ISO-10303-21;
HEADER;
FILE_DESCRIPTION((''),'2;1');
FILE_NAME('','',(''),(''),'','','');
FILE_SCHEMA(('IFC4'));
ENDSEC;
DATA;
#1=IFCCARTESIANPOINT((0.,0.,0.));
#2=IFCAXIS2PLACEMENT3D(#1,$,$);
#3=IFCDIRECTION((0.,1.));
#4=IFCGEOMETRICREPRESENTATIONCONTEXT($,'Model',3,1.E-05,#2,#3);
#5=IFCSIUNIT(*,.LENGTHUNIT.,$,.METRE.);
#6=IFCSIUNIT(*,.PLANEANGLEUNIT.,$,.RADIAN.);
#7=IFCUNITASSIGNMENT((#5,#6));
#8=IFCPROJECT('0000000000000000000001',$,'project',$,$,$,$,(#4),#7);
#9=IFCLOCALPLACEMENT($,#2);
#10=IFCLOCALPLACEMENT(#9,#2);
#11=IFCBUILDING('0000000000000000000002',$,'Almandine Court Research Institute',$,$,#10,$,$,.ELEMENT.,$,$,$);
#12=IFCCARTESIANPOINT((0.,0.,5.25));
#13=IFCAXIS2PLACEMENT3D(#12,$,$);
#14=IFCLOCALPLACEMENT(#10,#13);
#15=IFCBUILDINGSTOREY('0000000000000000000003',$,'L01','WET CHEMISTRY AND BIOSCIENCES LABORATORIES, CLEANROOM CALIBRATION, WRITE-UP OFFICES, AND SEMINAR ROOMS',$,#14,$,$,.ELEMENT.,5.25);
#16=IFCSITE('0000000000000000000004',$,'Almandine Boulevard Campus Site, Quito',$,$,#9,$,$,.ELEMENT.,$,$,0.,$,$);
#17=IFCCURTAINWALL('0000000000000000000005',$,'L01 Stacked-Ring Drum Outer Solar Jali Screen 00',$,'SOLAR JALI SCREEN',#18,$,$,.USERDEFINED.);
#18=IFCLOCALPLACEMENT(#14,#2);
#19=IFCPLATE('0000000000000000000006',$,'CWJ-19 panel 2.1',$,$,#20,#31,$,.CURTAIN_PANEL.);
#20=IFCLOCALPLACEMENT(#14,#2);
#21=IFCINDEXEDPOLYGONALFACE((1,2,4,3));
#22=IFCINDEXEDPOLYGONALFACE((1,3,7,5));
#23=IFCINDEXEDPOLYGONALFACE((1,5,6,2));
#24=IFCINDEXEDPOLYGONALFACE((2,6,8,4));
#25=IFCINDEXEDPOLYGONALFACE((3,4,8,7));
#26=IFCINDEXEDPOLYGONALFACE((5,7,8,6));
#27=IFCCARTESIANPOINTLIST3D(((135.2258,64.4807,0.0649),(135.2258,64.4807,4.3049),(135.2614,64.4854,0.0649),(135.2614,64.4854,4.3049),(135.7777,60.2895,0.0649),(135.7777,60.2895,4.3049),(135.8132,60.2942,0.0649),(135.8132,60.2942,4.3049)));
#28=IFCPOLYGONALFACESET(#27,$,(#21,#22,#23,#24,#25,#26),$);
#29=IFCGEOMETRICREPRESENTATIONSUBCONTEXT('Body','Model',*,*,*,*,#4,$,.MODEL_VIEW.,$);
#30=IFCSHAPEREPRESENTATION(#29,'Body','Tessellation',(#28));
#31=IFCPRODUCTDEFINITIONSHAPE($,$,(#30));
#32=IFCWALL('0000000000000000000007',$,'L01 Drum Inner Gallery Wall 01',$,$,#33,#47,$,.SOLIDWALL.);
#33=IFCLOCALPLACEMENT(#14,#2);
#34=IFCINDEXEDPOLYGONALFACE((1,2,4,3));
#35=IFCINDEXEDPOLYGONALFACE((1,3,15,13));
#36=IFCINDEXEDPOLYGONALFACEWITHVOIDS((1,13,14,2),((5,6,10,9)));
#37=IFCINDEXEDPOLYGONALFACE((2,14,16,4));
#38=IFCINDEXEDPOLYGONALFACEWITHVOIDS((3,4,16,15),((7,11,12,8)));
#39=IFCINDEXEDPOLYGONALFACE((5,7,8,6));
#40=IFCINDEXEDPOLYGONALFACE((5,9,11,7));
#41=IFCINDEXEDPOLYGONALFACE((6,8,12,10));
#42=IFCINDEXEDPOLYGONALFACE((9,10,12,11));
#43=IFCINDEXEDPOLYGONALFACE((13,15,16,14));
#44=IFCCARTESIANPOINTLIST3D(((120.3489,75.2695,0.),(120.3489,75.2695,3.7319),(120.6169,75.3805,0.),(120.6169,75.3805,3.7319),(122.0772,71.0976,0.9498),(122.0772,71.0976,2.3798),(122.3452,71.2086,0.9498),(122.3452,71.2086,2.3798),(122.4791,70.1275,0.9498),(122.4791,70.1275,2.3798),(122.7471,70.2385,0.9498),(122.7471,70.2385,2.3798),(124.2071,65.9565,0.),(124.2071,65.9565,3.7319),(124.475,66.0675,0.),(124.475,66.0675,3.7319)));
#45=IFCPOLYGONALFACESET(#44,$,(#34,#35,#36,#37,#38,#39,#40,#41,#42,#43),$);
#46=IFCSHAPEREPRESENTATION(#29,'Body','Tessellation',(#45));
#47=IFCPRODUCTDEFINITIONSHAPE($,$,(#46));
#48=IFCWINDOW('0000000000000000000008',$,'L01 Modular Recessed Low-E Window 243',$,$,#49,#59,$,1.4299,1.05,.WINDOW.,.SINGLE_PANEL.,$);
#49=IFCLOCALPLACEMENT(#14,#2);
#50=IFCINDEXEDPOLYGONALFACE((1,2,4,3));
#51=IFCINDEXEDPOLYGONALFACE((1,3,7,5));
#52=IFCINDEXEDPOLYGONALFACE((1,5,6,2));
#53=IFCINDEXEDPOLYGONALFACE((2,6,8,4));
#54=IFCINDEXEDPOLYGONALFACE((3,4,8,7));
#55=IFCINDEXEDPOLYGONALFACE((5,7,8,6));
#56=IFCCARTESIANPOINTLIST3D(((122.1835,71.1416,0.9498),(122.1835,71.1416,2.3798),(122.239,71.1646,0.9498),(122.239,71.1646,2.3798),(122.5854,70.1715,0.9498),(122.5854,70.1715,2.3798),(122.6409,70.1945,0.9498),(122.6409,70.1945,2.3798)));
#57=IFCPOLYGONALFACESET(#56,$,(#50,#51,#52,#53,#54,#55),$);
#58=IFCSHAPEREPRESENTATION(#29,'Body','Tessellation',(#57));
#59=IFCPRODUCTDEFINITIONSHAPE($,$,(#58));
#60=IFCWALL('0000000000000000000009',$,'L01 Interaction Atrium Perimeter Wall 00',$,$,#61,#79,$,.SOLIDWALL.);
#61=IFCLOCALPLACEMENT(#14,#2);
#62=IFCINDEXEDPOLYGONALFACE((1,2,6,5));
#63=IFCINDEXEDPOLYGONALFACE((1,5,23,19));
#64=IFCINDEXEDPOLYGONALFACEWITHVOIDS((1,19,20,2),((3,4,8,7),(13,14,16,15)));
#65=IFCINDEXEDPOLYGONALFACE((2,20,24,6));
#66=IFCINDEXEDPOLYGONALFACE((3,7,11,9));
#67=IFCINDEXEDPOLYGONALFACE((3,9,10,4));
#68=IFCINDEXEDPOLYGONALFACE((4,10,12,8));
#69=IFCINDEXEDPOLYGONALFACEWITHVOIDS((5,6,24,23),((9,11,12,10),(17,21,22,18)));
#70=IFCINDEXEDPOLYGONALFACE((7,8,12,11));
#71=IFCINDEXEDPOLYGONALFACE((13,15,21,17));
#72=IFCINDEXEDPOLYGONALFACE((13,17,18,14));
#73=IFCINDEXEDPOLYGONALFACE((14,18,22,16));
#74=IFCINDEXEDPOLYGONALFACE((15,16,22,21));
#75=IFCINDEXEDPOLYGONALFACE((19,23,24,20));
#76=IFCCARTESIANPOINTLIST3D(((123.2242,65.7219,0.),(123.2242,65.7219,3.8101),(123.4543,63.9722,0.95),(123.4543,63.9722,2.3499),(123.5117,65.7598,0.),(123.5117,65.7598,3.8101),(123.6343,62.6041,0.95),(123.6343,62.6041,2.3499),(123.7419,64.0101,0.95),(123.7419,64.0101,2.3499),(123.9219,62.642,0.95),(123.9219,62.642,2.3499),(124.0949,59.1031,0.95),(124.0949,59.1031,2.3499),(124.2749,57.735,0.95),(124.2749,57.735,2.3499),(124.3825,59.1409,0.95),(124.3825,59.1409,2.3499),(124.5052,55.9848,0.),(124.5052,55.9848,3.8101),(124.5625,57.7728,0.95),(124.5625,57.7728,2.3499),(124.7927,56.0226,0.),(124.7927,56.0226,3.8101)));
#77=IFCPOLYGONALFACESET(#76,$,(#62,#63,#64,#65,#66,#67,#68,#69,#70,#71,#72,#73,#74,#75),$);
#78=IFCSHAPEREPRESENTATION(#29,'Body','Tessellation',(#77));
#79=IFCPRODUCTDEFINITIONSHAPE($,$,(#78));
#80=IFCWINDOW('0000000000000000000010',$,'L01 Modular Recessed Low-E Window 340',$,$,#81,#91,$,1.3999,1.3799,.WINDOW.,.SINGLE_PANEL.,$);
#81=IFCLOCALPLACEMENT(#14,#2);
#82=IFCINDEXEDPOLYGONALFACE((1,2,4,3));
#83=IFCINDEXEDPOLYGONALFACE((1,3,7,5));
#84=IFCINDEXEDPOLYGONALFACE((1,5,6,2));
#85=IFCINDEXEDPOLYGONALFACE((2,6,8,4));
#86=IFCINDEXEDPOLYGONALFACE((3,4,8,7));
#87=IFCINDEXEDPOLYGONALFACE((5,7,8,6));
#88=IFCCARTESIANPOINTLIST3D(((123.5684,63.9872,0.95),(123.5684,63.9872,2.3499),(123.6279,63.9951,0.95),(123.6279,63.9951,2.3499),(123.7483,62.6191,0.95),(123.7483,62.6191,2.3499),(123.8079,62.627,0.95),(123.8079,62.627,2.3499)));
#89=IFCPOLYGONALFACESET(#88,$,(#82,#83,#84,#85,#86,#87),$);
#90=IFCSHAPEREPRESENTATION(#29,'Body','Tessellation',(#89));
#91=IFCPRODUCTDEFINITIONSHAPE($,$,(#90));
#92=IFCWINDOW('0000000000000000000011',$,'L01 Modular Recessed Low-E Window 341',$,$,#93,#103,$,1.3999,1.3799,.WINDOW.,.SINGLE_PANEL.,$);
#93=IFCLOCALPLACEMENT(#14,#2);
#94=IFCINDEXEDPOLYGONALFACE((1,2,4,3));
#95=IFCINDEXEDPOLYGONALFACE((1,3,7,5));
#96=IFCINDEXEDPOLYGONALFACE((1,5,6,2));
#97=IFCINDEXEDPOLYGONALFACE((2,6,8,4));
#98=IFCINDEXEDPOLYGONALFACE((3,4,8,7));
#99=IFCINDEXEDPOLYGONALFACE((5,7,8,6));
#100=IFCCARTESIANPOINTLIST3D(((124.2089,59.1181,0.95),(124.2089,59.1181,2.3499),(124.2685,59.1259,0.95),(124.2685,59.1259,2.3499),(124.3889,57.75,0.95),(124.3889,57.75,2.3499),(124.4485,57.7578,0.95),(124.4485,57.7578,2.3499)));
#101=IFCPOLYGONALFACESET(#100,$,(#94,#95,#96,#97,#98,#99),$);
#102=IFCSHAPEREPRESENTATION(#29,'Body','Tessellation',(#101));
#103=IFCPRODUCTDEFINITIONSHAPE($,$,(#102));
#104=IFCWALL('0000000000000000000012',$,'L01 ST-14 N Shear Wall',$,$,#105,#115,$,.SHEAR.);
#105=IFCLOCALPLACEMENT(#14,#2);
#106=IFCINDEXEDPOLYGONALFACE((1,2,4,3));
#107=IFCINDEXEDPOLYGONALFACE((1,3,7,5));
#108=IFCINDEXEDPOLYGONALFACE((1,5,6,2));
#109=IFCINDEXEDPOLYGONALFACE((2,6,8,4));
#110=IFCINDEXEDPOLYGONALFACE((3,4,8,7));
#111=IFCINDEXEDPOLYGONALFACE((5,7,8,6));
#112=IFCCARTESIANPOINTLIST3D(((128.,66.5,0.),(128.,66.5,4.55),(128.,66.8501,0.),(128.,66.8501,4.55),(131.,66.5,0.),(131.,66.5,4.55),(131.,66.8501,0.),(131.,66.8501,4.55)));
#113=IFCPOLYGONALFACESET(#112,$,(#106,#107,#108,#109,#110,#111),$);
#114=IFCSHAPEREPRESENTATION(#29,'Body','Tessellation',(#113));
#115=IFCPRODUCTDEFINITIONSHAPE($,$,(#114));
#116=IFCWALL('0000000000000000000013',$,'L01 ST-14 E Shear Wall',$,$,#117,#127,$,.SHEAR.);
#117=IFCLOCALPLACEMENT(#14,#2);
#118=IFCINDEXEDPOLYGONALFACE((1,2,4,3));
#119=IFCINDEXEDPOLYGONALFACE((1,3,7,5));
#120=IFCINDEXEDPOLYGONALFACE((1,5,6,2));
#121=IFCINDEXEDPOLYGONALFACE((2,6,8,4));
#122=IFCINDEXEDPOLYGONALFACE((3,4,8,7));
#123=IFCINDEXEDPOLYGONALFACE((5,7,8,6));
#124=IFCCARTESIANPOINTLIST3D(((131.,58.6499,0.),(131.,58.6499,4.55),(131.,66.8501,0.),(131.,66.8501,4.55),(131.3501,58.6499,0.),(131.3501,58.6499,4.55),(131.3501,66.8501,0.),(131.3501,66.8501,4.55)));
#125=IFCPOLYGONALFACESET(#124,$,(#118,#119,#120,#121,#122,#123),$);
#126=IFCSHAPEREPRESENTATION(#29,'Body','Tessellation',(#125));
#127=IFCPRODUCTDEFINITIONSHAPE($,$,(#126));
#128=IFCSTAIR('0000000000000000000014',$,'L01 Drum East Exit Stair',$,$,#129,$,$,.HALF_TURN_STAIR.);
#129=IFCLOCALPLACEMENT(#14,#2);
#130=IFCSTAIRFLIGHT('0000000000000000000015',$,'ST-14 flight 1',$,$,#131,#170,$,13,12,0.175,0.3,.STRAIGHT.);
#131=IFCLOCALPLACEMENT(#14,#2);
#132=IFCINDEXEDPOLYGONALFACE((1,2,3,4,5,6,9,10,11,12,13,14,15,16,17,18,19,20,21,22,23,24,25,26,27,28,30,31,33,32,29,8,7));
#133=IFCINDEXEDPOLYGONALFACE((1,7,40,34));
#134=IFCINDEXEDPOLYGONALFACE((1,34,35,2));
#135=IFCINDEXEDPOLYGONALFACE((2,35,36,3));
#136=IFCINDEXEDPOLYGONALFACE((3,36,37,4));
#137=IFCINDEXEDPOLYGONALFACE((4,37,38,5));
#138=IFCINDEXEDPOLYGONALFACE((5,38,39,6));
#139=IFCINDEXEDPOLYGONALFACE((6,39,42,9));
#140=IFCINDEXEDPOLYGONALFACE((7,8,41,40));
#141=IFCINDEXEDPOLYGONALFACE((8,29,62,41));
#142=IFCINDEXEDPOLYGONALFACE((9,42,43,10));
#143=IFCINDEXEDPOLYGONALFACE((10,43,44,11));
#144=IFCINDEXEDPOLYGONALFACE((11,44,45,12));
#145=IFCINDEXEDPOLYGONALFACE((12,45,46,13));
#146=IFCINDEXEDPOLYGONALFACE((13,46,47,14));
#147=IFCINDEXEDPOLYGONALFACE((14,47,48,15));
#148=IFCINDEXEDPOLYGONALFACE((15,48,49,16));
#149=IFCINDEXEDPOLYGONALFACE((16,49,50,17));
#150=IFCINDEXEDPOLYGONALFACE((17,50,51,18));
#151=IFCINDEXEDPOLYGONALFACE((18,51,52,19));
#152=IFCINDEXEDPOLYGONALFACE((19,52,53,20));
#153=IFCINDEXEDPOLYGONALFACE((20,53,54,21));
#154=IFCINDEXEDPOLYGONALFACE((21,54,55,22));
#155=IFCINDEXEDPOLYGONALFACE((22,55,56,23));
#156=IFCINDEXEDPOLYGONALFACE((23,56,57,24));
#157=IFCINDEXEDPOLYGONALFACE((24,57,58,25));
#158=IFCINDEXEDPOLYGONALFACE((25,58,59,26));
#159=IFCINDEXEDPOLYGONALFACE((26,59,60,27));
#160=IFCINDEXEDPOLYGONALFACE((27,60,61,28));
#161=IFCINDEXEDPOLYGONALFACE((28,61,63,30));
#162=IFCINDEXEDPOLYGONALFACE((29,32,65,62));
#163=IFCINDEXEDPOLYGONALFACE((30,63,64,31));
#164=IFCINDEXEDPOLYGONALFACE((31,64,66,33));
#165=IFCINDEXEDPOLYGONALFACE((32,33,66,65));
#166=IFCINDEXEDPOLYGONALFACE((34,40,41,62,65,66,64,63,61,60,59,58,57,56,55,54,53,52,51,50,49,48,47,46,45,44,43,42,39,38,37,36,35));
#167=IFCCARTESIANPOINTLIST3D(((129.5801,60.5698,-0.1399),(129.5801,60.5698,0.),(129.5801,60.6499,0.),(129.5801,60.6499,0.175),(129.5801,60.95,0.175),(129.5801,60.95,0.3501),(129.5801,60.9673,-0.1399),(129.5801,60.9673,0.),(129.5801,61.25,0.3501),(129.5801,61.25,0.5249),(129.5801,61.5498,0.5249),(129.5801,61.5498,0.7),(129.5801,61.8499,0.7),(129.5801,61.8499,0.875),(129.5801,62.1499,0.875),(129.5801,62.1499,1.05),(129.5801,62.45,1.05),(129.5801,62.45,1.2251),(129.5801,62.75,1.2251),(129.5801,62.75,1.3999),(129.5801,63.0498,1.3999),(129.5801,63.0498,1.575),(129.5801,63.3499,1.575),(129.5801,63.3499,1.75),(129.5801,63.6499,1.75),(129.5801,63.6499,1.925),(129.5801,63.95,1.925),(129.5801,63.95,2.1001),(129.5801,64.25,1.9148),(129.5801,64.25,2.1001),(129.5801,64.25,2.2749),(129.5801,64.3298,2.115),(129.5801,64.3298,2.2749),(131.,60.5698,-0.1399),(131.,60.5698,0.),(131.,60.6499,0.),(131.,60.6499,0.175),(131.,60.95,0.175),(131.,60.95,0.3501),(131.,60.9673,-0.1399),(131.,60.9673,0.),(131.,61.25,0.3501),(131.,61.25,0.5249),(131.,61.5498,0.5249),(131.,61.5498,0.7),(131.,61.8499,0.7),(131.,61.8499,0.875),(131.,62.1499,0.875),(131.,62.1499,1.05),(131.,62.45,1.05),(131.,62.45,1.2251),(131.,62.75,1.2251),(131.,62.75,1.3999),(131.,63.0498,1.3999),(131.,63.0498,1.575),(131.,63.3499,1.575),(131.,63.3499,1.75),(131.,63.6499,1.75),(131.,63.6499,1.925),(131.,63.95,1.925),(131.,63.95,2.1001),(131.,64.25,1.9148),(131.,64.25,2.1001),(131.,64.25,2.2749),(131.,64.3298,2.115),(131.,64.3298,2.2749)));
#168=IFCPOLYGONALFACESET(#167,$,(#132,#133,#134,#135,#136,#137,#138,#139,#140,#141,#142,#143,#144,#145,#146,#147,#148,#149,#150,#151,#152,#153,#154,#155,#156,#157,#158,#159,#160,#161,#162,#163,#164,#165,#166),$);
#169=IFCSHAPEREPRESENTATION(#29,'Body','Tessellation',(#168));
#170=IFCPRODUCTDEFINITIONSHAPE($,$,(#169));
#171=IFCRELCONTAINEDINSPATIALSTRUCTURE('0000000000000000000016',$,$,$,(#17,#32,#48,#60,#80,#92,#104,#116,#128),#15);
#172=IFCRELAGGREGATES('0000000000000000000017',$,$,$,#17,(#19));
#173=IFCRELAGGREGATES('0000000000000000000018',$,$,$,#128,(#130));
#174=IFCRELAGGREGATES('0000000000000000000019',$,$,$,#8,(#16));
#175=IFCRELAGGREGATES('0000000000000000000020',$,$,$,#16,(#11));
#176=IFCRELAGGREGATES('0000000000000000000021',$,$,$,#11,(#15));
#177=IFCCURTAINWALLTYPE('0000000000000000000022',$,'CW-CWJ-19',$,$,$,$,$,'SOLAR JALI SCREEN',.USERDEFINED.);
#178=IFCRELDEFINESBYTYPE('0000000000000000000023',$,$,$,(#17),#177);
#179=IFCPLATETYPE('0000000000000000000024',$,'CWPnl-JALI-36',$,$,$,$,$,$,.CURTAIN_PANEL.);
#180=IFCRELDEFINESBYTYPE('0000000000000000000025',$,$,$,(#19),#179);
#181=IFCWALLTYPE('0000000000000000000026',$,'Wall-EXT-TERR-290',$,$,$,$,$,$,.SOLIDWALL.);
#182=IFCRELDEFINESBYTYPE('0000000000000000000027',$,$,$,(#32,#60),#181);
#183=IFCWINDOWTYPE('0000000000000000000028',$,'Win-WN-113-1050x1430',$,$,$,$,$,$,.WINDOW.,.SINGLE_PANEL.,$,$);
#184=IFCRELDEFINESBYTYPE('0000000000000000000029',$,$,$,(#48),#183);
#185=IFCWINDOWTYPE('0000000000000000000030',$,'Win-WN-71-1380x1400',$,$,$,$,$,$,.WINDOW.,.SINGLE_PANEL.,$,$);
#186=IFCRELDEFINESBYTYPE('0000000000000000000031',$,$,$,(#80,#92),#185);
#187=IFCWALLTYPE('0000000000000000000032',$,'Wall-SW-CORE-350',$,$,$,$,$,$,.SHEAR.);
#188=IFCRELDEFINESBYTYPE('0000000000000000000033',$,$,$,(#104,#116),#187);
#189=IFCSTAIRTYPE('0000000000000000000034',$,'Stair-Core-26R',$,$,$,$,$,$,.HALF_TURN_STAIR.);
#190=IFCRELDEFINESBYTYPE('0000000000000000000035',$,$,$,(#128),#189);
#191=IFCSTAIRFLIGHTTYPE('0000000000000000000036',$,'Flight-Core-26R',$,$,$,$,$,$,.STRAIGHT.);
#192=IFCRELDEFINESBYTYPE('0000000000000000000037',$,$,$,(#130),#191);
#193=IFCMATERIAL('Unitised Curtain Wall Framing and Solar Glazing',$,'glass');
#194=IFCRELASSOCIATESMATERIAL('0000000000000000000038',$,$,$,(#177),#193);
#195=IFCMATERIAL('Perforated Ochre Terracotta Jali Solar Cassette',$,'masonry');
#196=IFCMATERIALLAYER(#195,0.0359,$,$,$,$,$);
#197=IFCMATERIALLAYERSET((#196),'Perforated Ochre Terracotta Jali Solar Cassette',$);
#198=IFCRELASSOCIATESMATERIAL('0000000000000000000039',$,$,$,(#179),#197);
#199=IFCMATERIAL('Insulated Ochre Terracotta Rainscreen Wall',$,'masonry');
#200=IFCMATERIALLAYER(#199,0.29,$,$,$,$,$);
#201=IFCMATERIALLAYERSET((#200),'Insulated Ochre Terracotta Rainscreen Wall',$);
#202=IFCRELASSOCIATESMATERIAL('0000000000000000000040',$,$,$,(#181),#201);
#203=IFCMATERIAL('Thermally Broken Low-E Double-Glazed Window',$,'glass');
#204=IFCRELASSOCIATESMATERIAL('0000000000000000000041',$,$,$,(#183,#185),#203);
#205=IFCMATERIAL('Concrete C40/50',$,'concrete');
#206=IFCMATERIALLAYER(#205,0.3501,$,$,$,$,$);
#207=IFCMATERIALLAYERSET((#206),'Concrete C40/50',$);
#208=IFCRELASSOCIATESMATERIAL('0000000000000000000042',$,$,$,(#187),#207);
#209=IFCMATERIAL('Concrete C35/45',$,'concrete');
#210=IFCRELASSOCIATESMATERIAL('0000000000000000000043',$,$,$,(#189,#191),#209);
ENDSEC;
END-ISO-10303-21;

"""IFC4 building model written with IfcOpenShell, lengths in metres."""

from ifc_helpers import new_model, si_unit, direction, frame, frame_2d, origin, origin_2d, place, context, subcontext, project, spatial, polyline, rectangle, outline, extrude, material, layer, layer_set, type_object, element, fill, aggregate, save


model = new_model("IFC4")

# Units and contexts
model_context = context("Model", 3, precision=1e-05, world=origin(), true_north=direction((0.0, 1.0)))
body_context = subcontext(model_context, "Body", "Model", "MODEL_VIEW")
ifc_project = project(units=[si_unit("LENGTHUNIT", "METRE"), si_unit("PLANEANGLEUNIT", "RADIAN")], contexts=[model_context])

# Site, building, storey
site_placement = place(None, origin())
site = spatial("IfcSite", under=ifc_project, at=site_placement, Name="Almandine Boulevard Campus Site, Quito", CompositionType="ELEMENT", RefElevation=0.0)
building_placement = place(site_placement, origin())
building = spatial("IfcBuilding", under=site, at=building_placement, Name="Almandine Court Research Institute", CompositionType="ELEMENT")
storey_placement = place(building_placement, frame((0.0, 0.0, 5.25)))
storey = spatial("IfcBuildingStorey", under=building, at=storey_placement, Name="L01", Description="WET CHEMISTRY AND BIOSCIENCES LABORATORIES, CLEANROOM CALIBRATION, WRITE-UP OFFICES, AND SEMINAR ROOMS", CompositionType="ELEMENT", Elevation=5.25)

# Shared definitions
ifc_material_1 = material(Name="Unitised Curtain Wall Framing and Solar Glazing", Category="glass")

# Curtain wall, plate
curtain_wall_type_1 = type_object("IfcCurtainWallType", Name="CW-CWJ-19", ElementType="SOLAR JALI SCREEN", PredefinedType="USERDEFINED", material=ifc_material_1)
curtain_wall_1_placement = place(storey_placement, origin())
curtain_wall_1 = element("IfcCurtainWall", 1, at=curtain_wall_1_placement, inside=storey, type_object=curtain_wall_type_1, Name="L01 Stacked-Ring Drum Outer Solar Jali Screen 00", ObjectType="SOLAR JALI SCREEN", PredefinedType="USERDEFINED")
ifc_material_2 = material(Name="Perforated Ochre Terracotta Jali Solar Cassette", Category="masonry")
ifc_layer_1 = layer(ifc_material_2, 0.0359)
ifc_layer_set_1 = layer_set([ifc_layer_1], Name="Perforated Ochre Terracotta Jali Solar Cassette")
plate_type = type_object("IfcPlateType", Name="CWPnl-JALI-36", PredefinedType="CURTAIN_PANEL", material=ifc_layer_set_1)
plate_1_placement = place(storey_placement, frame((135.5195, 62.3875, 0.0649), z_axis=(0.0, 0.0, 1.0), x_axis=(0.130541, -0.991443, 0.0)))
plate_1 = element("IfcPlate", 2, at=plate_1_placement, type_object=plate_type, Name="CWJ-19 panel 2.1", PredefinedType="CURTAIN_PANEL", context=body_context, shape_type="SweptSolid", body=[
    extrude(rectangle(XDim=4.2273, YDim=0.0359, at=origin_2d()), origin(), (0.0, 0.0, 1.0), 4.24),
])
aggregate(curtain_wall_1, [plate_1])

# Wall, opening, window
ifc_material_3 = material(Name="Insulated Ochre Terracotta Rainscreen Wall", Category="masonry")
ifc_layer_2 = layer(ifc_material_3, 0.29)
ifc_layer_set_2 = layer_set([ifc_layer_2], Name="Insulated Ochre Terracotta Rainscreen Wall")
wall_type_1 = type_object("IfcWallType", Name="Wall-EXT-TERR-290", PredefinedType="SOLIDWALL", material=ifc_layer_set_2)
wall_1_placement = place(storey_placement, frame((124.3411, 66.012, 0.0), z_axis=(0.0, 0.0, 1.0), x_axis=(-0.382733, 0.923859, 0.0)))
wall_1 = element("IfcWall", 3, at=wall_1_placement, inside=storey, type_object=wall_type_1, Name="L01 Drum Inner Gallery Wall 01", PredefinedType="SOLIDWALL", context=body_context, shape_type="SweptSolid", body=[
    extrude(rectangle(XDim=10.0806, YDim=0.29, at=frame_2d((5.0403, 0.0))), origin(), (0.0, 0.0, 1.0), 3.7319),
])
opening_1_placement = place(wall_1_placement, frame((4.5149, 0.0, 0.95)))
opening_1 = element("IfcOpeningElement", 4, at=opening_1_placement, cuts=wall_1, PredefinedType="OPENING", context=body_context, shape_type="SweptSolid", body=[
    extrude(rectangle(XDim=1.05, YDim=1.4299, at=frame_2d((0.5249, 0.7148))), frame((0.0, 0.155, 0.0), z_axis=(0.0, -1.0, 0.0), x_axis=(1.0, 0.0, 0.0)), (0.0, 0.0, 1.0), 0.3101),
])
ifc_material_4 = material(Name="Thermally Broken Low-E Double-Glazed Window", Category="glass")
window_type_1 = type_object("IfcWindowType", Name="Win-WN-113-1050x1430", PartitioningType="SINGLE_PANEL", PredefinedType="WINDOW", material=ifc_material_4)
window_1_placement = place(opening_1_placement, origin())
window_1 = element("IfcWindow", 5, at=window_1_placement, inside=storey, type_object=window_type_1, Name="L01 Modular Recessed Low-E Window 243", OverallHeight=1.4299, OverallWidth=1.05, PartitioningType="SINGLE_PANEL", PredefinedType="WINDOW", context=body_context, shape_type="SweptSolid", body=[
    extrude(rectangle(XDim=1.05, YDim=1.4299, at=frame_2d((0.5249, 0.7148))), frame((0.0, 0.03, 0.0), z_axis=(0.0, -1.0, 0.0), x_axis=(1.0, 0.0, 0.0)), (0.0, 0.0, 1.0), 0.0601),
])
fill(opening_1, window_1)

# Wall, openings, windows
wall_2_placement = place(storey_placement, frame((123.3679, 65.741, 0.0), z_axis=(0.0, 0.0, 1.0), x_axis=(0.130436, -0.991457, 0.0)))
wall_2 = element("IfcWall", 6, at=wall_2_placement, inside=storey, type_object=wall_type_1, Name="L01 Interaction Atrium Perimeter Wall 00", PredefinedType="SOLIDWALL", context=body_context, shape_type="SweptSolid", body=[
    extrude(rectangle(XDim=9.821, YDim=0.29, at=frame_2d((4.9106, 0.0))), origin(), (0.0, 0.0, 1.0), 3.8101),
])
opening_2_placement = place(wall_2_placement, frame((1.7649, 0.0, 0.95)))
opening_2 = element("IfcOpeningElement", 7, at=opening_2_placement, cuts=wall_2, PredefinedType="OPENING", context=body_context, shape_type="SweptSolid", body=[
    extrude(rectangle(XDim=1.3799, YDim=1.3999, at=frame_2d((0.6899, 0.7))), frame((0.0, 0.155, 0.0), z_axis=(0.0, -1.0, 0.0), x_axis=(1.0, 0.0, 0.0)), (0.0, 0.0, 1.0), 0.3101),
])
opening_3_placement = place(wall_2_placement, frame((6.676, 0.0, 0.95)))
opening_3 = element("IfcOpeningElement", 8, at=opening_3_placement, cuts=wall_2, PredefinedType="OPENING", context=body_context, shape_type="SweptSolid", body=[
    extrude(rectangle(XDim=1.3799, YDim=1.3999, at=frame_2d((0.6899, 0.7))), frame((0.0, 0.155, 0.0), z_axis=(0.0, -1.0, 0.0), x_axis=(1.0, 0.0, 0.0)), (0.0, 0.0, 1.0), 0.3101),
])
window_type_2 = type_object("IfcWindowType", Name="Win-WN-71-1380x1400", PartitioningType="SINGLE_PANEL", PredefinedType="WINDOW", material=ifc_material_4)
window_2_placement = place(opening_2_placement, origin())
window_2 = element("IfcWindow", 9, at=window_2_placement, inside=storey, type_object=window_type_2, Name="L01 Modular Recessed Low-E Window 340", OverallHeight=1.3999, OverallWidth=1.3799, PartitioningType="SINGLE_PANEL", PredefinedType="WINDOW", context=body_context, shape_type="SweptSolid", body=[
    extrude(rectangle(XDim=1.3799, YDim=1.3999, at=frame_2d((0.6899, 0.7))), frame((0.0, 0.03, 0.0), z_axis=(0.0, -1.0, 0.0), x_axis=(1.0, 0.0, 0.0)), (0.0, 0.0, 1.0), 0.0601),
])
fill(opening_2, window_2)
window_3_placement = place(opening_3_placement, origin())
window_3 = element("IfcWindow", 10, at=window_3_placement, inside=storey, type_object=window_type_2, Name="L01 Modular Recessed Low-E Window 341", OverallHeight=1.3999, OverallWidth=1.3799, PartitioningType="SINGLE_PANEL", PredefinedType="WINDOW", context=body_context, shape_type="SweptSolid", body=[
    extrude(rectangle(XDim=1.3799, YDim=1.3999, at=frame_2d((0.6899, 0.7))), frame((0.0, 0.03, 0.0), z_axis=(0.0, -1.0, 0.0), x_axis=(1.0, 0.0, 0.0)), (0.0, 0.0, 1.0), 0.0601),
])
fill(opening_3, window_3)

# Walls
ifc_material_5 = material(Name="Concrete C40/50", Category="concrete")
ifc_layer_3 = layer(ifc_material_5, 0.3501)
ifc_layer_set_3 = layer_set([ifc_layer_3], Name="Concrete C40/50")
wall_type_2 = type_object("IfcWallType", Name="Wall-SW-CORE-350", PredefinedType="SHEAR", material=ifc_layer_set_3)
wall_3_placement = place(storey_placement, frame((128.0, 66.675, 0.0), z_axis=(0.0, 0.0, 1.0), x_axis=(1.0, 0.0, 0.0)))
element("IfcWall", 11, at=wall_3_placement, inside=storey, type_object=wall_type_2, Name="L01 ST-14 N Shear Wall", PredefinedType="SHEAR", context=body_context, shape_type="SweptSolid", body=[
    extrude(rectangle(XDim=3.0, YDim=0.3501, at=frame_2d((1.5, 0.0))), origin(), (0.0, 0.0, 1.0), 4.55),
])
wall_4_placement = place(storey_placement, frame((131.175, 66.8501, 0.0), z_axis=(0.0, 0.0, 1.0), x_axis=(0.0, -1.0, 0.0)))
element("IfcWall", 12, at=wall_4_placement, inside=storey, type_object=wall_type_2, Name="L01 ST-14 E Shear Wall", PredefinedType="SHEAR", context=body_context, shape_type="SweptSolid", body=[
    extrude(rectangle(XDim=8.2002, YDim=0.3501, at=frame_2d((4.1001, 0.0))), origin(), (0.0, 0.0, 1.0), 4.55),
])

# Stair, stair flight
ifc_material_6 = material(Name="Concrete C35/45", Category="concrete")
stair_type = type_object("IfcStairType", Name="Stair-Core-26R", PredefinedType="HALF_TURN_STAIR", material=ifc_material_6)
stair_placement = place(storey_placement, origin())
stair = element("IfcStair", 13, at=stair_placement, inside=storey, type_object=stair_type, Name="L01 Drum East Exit Stair", PredefinedType="HALF_TURN_STAIR")
stair_flight_type = type_object("IfcStairFlightType", Name="Flight-Core-26R", PredefinedType="STRAIGHT", material=ifc_material_6)
stair_flight_1_placement = place(storey_placement, frame((130.29, 60.6499, 0.0), z_axis=(0.0, 0.0, 1.0), x_axis=(0.0, 1.0, 0.0)))
stair_flight_1 = element("IfcStairFlight", 14, at=stair_flight_1_placement, type_object=stair_flight_type, Name="ST-14 flight 1", NumberOfRisers=13, NumberOfTreads=12, PredefinedType="STRAIGHT", RiserHeight=0.175, TreadLength=0.3, context=body_context, shape_type="SweptSolid", body=[
    extrude(outline(polyline([(-0.0801, -0.1399), (-0.0801, 0.0), (0.0, 0.0), (0.0, 0.175), (0.3, 0.175), (0.3, 0.3501), (0.6001, 0.3501), (0.6001, 0.5249), (0.8999, 0.5249), (0.8999, 0.7), (1.2, 0.7), (1.2, 0.875), (1.5, 0.875), (1.5, 1.05), (1.8, 1.05), (1.8, 1.2251), (2.1001, 1.2251), (2.1001, 1.3999), (2.3999, 1.3999), (2.3999, 1.575), (2.7, 1.575), (2.7, 1.75), (3.0, 1.75), (3.0, 1.925), (3.3, 1.925), (3.3, 2.1001), (3.6001, 2.1001), (3.6001, 2.2749), (3.6799, 2.2749), (3.6799, 2.115), (3.6001, 1.9148), (0.3174, 0.0), (0.3174, -0.1399), (-0.0801, -0.1399)])), frame((0.0, 0.71, 0.0), z_axis=(0.0, -1.0, 0.0), x_axis=(1.0, 0.0, 0.0)), (0.0, 0.0, 1.0), 1.4199),
])
aggregate(stair, [stair_flight_1])

save(model, "model.ifc")
